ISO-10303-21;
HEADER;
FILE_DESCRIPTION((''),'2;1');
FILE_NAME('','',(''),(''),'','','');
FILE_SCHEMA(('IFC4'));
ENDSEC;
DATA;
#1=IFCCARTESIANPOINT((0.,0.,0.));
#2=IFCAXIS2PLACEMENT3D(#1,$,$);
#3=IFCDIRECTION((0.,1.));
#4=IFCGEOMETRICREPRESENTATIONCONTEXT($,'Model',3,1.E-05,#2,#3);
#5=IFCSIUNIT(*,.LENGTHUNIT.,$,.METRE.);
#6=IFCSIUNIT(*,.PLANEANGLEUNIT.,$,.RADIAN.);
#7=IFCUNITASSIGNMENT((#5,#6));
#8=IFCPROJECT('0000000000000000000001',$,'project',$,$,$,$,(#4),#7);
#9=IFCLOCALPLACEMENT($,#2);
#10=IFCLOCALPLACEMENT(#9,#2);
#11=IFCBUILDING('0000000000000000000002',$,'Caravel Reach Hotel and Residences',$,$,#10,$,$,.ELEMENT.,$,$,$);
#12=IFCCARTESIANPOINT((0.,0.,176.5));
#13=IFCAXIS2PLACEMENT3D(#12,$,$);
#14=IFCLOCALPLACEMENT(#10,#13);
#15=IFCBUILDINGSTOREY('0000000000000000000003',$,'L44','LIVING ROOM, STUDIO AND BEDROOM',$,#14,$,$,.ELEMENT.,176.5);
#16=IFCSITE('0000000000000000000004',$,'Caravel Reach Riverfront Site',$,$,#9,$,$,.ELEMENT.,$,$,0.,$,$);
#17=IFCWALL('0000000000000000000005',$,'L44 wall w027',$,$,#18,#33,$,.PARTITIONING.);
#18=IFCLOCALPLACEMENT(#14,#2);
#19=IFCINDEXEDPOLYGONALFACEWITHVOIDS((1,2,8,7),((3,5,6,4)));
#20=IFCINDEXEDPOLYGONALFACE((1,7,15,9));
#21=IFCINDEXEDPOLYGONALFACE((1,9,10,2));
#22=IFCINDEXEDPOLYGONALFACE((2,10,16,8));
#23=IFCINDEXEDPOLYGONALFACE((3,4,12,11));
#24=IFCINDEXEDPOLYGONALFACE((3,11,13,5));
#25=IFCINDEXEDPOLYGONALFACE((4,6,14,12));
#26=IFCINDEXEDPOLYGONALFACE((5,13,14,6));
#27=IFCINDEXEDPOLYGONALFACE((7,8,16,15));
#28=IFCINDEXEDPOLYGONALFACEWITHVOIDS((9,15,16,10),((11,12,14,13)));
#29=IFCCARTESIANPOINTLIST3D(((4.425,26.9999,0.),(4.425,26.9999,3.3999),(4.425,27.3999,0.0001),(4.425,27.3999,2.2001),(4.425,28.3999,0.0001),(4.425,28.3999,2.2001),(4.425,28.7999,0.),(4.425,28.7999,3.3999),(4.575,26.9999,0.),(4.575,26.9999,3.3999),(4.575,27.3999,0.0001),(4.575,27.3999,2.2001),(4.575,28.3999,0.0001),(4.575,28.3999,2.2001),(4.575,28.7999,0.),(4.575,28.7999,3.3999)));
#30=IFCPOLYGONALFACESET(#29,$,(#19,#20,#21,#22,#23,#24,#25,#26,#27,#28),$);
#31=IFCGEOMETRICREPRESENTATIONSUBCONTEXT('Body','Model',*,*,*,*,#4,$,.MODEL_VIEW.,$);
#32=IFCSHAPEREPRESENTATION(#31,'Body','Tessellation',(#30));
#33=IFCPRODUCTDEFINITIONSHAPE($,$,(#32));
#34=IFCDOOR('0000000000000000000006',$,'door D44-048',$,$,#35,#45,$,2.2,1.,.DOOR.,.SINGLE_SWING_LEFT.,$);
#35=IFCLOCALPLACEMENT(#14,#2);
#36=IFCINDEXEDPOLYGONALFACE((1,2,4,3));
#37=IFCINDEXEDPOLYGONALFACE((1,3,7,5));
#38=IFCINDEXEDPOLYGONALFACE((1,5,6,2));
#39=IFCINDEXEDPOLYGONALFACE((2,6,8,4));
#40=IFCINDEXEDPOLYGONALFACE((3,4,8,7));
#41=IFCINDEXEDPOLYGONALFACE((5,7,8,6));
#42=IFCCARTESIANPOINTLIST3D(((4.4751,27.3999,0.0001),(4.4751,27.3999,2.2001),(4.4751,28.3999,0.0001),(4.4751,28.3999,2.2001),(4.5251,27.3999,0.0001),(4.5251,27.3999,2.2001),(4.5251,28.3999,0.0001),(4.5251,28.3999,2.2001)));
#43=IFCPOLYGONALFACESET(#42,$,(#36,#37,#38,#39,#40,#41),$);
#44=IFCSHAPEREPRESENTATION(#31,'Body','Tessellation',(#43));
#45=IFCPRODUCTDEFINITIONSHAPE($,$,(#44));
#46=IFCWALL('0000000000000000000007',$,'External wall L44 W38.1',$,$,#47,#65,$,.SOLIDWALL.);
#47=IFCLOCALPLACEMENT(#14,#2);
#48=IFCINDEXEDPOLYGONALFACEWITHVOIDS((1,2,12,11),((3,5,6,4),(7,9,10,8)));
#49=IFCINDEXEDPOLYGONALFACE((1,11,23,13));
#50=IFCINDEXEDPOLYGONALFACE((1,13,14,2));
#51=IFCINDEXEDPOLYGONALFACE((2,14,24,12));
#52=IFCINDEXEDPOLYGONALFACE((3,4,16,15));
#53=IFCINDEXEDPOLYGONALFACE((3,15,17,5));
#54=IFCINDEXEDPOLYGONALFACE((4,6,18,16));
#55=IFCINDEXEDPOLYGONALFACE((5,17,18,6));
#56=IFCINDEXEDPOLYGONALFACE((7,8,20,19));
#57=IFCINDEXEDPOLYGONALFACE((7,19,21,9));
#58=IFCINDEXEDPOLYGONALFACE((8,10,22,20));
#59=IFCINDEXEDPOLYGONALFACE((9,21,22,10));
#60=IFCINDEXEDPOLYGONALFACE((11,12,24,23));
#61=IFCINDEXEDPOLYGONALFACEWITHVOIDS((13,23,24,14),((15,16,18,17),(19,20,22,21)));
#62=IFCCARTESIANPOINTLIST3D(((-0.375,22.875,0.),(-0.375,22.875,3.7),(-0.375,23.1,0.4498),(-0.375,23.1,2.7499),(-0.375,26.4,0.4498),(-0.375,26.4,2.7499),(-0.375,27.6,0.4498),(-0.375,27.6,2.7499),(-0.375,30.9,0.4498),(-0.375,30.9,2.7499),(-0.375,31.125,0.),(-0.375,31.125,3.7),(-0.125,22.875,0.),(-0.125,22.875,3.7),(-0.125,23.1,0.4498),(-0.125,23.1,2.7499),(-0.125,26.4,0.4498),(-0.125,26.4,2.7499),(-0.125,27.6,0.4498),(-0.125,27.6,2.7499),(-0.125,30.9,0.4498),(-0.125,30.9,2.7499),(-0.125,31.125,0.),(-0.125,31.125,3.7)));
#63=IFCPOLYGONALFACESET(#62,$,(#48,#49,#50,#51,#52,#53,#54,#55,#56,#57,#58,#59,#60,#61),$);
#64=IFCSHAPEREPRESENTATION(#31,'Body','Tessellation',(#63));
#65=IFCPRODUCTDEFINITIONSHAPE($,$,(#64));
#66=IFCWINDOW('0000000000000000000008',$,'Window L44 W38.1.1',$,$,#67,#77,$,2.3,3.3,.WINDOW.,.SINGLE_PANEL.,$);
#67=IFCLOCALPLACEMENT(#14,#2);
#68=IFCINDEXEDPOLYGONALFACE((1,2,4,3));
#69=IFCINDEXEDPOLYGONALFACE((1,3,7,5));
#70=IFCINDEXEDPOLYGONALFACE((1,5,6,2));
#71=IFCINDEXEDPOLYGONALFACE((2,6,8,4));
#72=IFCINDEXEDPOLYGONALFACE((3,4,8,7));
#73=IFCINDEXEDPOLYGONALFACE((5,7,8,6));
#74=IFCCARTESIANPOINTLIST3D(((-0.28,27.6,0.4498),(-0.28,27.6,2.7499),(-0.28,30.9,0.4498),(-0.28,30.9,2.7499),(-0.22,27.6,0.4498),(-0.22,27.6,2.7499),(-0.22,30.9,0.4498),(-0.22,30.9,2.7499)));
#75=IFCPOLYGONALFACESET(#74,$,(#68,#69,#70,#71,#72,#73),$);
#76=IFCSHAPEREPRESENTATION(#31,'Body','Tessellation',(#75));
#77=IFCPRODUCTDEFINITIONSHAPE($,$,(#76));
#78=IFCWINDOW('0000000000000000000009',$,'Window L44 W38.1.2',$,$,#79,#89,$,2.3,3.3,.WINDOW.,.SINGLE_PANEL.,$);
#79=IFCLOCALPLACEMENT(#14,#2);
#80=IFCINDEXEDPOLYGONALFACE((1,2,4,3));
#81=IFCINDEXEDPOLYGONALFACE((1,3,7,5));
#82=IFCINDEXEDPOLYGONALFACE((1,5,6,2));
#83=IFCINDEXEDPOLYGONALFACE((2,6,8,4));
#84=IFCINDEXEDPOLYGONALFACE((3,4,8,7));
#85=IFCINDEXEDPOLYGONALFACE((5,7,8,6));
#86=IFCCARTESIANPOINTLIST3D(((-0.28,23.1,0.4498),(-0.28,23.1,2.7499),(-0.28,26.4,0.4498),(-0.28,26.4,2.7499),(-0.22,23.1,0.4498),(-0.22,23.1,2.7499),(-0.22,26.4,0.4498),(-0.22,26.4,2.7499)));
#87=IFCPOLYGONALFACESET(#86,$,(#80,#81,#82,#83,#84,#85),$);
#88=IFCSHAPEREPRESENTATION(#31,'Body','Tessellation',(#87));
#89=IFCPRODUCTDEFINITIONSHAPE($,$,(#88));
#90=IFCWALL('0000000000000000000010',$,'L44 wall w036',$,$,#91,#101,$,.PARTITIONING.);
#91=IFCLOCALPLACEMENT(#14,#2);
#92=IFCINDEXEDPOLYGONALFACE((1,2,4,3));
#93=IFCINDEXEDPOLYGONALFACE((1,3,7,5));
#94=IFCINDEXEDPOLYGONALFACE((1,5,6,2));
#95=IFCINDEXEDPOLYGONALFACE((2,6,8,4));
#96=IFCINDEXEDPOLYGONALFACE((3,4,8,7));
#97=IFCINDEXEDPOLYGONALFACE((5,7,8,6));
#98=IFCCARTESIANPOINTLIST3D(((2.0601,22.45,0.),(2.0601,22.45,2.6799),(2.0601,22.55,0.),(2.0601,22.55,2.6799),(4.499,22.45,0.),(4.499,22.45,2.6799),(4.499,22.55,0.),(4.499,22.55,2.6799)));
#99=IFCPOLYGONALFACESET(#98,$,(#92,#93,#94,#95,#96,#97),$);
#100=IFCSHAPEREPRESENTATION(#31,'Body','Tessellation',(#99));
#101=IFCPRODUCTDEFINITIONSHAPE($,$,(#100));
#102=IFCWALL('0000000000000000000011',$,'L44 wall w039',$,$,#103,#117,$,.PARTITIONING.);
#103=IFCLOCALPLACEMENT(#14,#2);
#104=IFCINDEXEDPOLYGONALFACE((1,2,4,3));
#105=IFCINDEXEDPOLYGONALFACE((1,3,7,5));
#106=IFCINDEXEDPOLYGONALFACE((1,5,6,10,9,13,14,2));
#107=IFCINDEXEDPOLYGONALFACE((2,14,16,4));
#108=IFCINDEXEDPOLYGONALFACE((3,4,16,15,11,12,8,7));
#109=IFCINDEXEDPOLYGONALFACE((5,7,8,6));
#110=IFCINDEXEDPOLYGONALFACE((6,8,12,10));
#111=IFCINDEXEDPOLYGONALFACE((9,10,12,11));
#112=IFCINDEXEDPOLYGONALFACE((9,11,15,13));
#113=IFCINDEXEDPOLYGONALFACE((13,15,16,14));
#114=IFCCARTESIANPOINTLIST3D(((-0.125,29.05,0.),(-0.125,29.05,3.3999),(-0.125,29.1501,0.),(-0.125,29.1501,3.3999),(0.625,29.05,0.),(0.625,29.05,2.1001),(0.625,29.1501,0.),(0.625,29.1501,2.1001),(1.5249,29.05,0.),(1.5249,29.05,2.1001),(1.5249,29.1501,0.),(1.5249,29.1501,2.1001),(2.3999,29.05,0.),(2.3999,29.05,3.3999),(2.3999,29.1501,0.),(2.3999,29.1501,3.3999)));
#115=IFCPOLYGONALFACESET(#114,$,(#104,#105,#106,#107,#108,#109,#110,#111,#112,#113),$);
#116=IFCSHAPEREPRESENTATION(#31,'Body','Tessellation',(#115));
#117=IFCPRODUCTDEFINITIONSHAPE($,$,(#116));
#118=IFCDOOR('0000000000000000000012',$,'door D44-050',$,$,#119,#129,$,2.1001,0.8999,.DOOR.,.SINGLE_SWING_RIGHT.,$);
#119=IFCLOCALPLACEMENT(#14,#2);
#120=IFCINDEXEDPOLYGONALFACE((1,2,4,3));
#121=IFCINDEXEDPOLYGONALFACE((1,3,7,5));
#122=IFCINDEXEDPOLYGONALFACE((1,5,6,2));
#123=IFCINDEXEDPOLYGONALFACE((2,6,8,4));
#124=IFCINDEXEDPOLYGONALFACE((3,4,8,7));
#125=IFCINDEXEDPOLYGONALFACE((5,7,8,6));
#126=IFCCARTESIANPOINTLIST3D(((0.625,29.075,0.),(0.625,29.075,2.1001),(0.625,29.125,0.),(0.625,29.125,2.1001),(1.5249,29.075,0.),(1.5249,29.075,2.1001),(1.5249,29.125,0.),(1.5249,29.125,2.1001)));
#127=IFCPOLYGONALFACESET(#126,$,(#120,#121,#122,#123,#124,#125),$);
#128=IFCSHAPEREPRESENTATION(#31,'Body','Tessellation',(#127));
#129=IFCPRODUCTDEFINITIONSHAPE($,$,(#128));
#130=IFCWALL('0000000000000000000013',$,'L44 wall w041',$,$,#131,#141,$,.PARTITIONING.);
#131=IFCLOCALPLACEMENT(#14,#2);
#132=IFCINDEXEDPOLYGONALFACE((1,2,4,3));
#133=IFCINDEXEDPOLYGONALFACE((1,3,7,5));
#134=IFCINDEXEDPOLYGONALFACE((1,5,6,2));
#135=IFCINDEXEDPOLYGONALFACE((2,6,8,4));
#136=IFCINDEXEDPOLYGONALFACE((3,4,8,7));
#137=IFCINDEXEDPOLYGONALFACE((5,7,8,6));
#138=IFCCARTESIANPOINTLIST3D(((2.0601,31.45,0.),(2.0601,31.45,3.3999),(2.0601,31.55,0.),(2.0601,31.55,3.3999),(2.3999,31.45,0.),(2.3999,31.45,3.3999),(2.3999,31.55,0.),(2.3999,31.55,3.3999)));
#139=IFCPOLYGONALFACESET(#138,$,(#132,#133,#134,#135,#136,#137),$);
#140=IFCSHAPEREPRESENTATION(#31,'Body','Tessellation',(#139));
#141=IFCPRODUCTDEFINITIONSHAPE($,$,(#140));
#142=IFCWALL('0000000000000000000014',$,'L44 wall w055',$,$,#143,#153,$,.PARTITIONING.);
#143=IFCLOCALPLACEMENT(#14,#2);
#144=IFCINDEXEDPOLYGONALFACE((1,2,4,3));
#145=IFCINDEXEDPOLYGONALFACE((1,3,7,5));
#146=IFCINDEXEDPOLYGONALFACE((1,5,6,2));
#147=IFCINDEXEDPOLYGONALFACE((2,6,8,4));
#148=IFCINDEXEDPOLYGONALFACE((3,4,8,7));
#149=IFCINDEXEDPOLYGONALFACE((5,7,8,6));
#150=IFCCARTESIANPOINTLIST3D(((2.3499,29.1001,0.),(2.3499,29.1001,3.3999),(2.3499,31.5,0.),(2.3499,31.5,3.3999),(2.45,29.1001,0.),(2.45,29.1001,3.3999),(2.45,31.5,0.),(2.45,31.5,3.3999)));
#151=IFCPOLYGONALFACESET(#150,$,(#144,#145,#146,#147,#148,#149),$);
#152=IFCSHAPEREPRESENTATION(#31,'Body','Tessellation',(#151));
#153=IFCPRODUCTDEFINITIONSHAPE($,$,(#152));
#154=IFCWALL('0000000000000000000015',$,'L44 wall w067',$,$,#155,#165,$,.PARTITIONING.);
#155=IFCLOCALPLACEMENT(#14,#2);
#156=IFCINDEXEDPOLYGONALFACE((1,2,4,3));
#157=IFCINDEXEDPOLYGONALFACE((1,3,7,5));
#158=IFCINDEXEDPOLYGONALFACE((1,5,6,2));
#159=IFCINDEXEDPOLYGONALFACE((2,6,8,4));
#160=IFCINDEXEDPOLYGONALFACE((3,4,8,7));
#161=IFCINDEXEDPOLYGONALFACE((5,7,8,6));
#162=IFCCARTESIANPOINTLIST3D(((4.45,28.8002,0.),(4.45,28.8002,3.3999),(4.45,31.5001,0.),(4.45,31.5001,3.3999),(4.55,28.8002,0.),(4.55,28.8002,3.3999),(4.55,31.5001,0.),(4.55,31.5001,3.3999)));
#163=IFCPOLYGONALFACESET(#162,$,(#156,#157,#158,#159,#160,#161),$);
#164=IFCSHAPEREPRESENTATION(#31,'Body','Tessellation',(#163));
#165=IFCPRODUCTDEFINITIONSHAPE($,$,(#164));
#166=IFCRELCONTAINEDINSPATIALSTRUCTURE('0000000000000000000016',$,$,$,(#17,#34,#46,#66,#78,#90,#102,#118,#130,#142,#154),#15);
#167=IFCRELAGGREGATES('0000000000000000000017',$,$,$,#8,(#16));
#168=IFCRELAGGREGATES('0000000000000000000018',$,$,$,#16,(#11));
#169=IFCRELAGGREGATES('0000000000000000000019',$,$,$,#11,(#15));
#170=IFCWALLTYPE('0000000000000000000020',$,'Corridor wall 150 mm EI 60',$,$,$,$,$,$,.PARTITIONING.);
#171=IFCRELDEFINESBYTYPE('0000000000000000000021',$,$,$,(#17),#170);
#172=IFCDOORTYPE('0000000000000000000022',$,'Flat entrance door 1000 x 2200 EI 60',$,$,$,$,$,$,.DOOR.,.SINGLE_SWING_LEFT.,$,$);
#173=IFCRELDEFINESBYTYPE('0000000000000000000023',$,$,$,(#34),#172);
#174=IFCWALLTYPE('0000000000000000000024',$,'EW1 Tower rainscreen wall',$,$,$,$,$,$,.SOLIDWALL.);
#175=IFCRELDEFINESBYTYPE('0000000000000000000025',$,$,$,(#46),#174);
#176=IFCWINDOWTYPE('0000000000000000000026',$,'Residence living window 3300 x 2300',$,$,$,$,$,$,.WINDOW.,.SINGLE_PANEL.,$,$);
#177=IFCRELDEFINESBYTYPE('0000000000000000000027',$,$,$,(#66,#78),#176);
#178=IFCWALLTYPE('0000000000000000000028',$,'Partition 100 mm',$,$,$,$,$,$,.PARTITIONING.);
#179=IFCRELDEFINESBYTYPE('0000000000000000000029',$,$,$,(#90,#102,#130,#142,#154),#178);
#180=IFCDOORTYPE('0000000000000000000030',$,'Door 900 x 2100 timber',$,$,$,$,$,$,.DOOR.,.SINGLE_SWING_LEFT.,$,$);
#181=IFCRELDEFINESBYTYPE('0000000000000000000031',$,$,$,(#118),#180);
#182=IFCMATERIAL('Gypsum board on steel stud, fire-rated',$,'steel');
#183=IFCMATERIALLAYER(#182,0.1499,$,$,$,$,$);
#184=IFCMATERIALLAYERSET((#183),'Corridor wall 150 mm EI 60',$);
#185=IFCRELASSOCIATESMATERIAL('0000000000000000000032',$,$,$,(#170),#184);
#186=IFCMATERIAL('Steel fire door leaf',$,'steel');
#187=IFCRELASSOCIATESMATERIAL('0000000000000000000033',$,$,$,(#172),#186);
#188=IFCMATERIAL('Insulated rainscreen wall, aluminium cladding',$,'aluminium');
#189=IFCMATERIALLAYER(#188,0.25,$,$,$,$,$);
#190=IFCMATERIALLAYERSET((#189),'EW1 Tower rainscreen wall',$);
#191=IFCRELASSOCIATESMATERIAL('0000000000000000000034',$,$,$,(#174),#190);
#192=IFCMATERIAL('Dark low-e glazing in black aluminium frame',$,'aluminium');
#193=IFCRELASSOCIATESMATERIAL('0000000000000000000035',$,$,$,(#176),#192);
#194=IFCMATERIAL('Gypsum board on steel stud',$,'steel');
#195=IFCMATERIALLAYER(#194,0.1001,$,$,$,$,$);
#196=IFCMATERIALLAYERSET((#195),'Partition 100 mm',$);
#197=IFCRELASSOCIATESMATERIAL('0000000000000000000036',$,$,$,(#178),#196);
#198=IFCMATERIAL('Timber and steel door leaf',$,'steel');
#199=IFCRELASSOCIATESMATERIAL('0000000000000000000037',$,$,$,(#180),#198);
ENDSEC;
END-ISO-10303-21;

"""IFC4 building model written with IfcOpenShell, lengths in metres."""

from ifc_helpers import new_model, si_unit, direction, frame, frame_2d, origin, place, context, subcontext, project, spatial, rectangle, extrude, material, layer, layer_set, type_object, element, fill, save


model = new_model("IFC4")

# Units and contexts
model_context = context("Model", 3, precision=1e-05, world=origin(), true_north=direction((0.0, 1.0)))
body_context = subcontext(model_context, "Body", "Model", "MODEL_VIEW")
ifc_project = project(units=[si_unit("LENGTHUNIT", "METRE"), si_unit("PLANEANGLEUNIT", "RADIAN")], contexts=[model_context])

# Site, building, storey
site_placement = place(None, origin())
site = spatial("IfcSite", under=ifc_project, at=site_placement, Name="Caravel Reach Riverfront Site", CompositionType="ELEMENT", RefElevation=0.0)
building_placement = place(site_placement, origin())
building = spatial("IfcBuilding", under=site, at=building_placement, Name="Caravel Reach Hotel and Residences", CompositionType="ELEMENT")
storey_placement = place(building_placement, frame((0.0, 0.0, 176.5)))
storey = spatial("IfcBuildingStorey", under=building, at=storey_placement, Name="L44", Description="LIVING ROOM, STUDIO AND BEDROOM", CompositionType="ELEMENT", Elevation=176.5)

# Wall, opening, door
ifc_material_1 = material(Name="Gypsum board on steel stud, fire-rated", Category="steel")
ifc_layer_1 = layer(ifc_material_1, 0.1499)
ifc_layer_set_1 = layer_set([ifc_layer_1], Name="Corridor wall 150 mm EI 60")
wall_type_1 = type_object("IfcWallType", Name="Corridor wall 150 mm EI 60", PredefinedType="PARTITIONING", material=ifc_layer_set_1)
wall_1_placement = place(storey_placement, frame((4.5, 27.0, 0.0), z_axis=(0.0, 0.0, 1.0), x_axis=(0.0, 1.0, 0.0)))
wall_1 = element("IfcWall", 1, at=wall_1_placement, inside=storey, type_object=wall_type_1, Name="L44 wall w027", PredefinedType="PARTITIONING", context=body_context, shape_type="SweptSolid", body=[
    extrude(rectangle(XDim=1.8, YDim=0.1499, at=frame_2d((0.8999, 0.0))), origin(), (0.0, 0.0, 1.0), 3.3999),
])
opening_1_placement = place(wall_1_placement, frame((0.3999, 0.0, 0.0)))
opening_1 = element("IfcOpeningElement", 2, at=opening_1_placement, cuts=wall_1, PredefinedType="OPENING", context=body_context, shape_type="SweptSolid", body=[
    extrude(rectangle(XDim=1.0, YDim=2.2, at=frame_2d((0.5, 1.1001))), frame((0.0, 0.085, 0.0), z_axis=(0.0, -1.0, 0.0), x_axis=(1.0, 0.0, 0.0)), (0.0, 0.0, 1.0), 0.1699),
])
ifc_material_2 = material(Name="Steel fire door leaf", Category="steel")
door_type_1 = type_object("IfcDoorType", Name="Flat entrance door 1000 x 2200 EI 60", OperationType="SINGLE_SWING_LEFT", PredefinedType="DOOR", material=ifc_material_2)
door_1_placement = place(opening_1_placement, origin())
door_1 = element("IfcDoor", 3, at=door_1_placement, inside=storey, type_object=door_type_1, Name="door D44-048", OperationType="SINGLE_SWING_LEFT", OverallHeight=2.2, OverallWidth=1.0, PredefinedType="DOOR", context=body_context, shape_type="SweptSolid", body=[
    extrude(rectangle(XDim=1.0, YDim=2.2, at=frame_2d((0.5, 1.1001))), frame((0.0, 0.0249, 0.0), z_axis=(0.0, -1.0, 0.0), x_axis=(1.0, 0.0, 0.0)), (0.0, 0.0, 1.0), 0.05),
])
fill(opening_1, door_1)

# Wall, openings, windows
ifc_material_3 = material(Name="Insulated rainscreen wall, aluminium cladding", Category="aluminium")
ifc_layer_2 = layer(ifc_material_3, 0.25)
ifc_layer_set_2 = layer_set([ifc_layer_2], Name="EW1 Tower rainscreen wall")
wall_type_2 = type_object("IfcWallType", Name="EW1 Tower rainscreen wall", PredefinedType="SOLIDWALL", material=ifc_layer_set_2)
wall_2_placement = place(storey_placement, frame((-0.25, 31.125, 0.0), z_axis=(0.0, 0.0, 1.0), x_axis=(0.0, -1.0, 0.0)))
wall_2 = element("IfcWall", 4, at=wall_2_placement, inside=storey, type_object=wall_type_2, Name="External wall L44 W38.1", PredefinedType="SOLIDWALL", context=body_context, shape_type="SweptSolid", body=[
    extrude(rectangle(XDim=8.25, YDim=0.25, at=frame_2d((4.125, 0.0))), origin(), (0.0, 0.0, 1.0), 3.7),
])
opening_2_placement = place(wall_2_placement, frame((0.2251, 0.0, 0.45)))
opening_2 = element("IfcOpeningElement", 5, at=opening_2_placement, cuts=wall_2, PredefinedType="OPENING", context=body_context, shape_type="SweptSolid", body=[
    extrude(rectangle(XDim=3.3, YDim=2.3, at=frame_2d((1.6499, 1.1499))), frame((0.0, 0.135, 0.0), z_axis=(0.0, -1.0, 0.0), x_axis=(1.0, 0.0, 0.0)), (0.0, 0.0, 1.0), 0.27),
])
opening_3_placement = place(wall_2_placement, frame((4.7251, 0.0, 0.45)))
opening_3 = element("IfcOpeningElement", 6, at=opening_3_placement, cuts=wall_2, PredefinedType="OPENING", context=body_context, shape_type="SweptSolid", body=[
    extrude(rectangle(XDim=3.3, YDim=2.3, at=frame_2d((1.6499, 1.1499))), frame((0.0, 0.135, 0.0), z_axis=(0.0, -1.0, 0.0), x_axis=(1.0, 0.0, 0.0)), (0.0, 0.0, 1.0), 0.27),
])
ifc_material_4 = material(Name="Dark low-e glazing in black aluminium frame", Category="aluminium")
window_type = type_object("IfcWindowType", Name="Residence living window 3300 x 2300", PartitioningType="SINGLE_PANEL", PredefinedType="WINDOW", material=ifc_material_4)
window_1_placement = place(opening_2_placement, origin())
window_1 = element("IfcWindow", 7, at=window_1_placement, inside=storey, type_object=window_type, Name="Window L44 W38.1.1", OverallHeight=2.3, OverallWidth=3.3, PartitioningType="SINGLE_PANEL", PredefinedType="WINDOW", context=body_context, shape_type="SweptSolid", body=[
    extrude(rectangle(XDim=3.3, YDim=2.3, at=frame_2d((1.6499, 1.1499))), frame((0.0, 0.03, 0.0), z_axis=(0.0, -1.0, 0.0), x_axis=(1.0, 0.0, 0.0)), (0.0, 0.0, 1.0), 0.0601),
])
fill(opening_2, window_1)
window_2_placement = place(opening_3_placement, origin())
window_2 = element("IfcWindow", 8, at=window_2_placement, inside=storey, type_object=window_type, Name="Window L44 W38.1.2", OverallHeight=2.3, OverallWidth=3.3, PartitioningType="SINGLE_PANEL", PredefinedType="WINDOW", context=body_context, shape_type="SweptSolid", body=[
    extrude(rectangle(XDim=3.3, YDim=2.3, at=frame_2d((1.6499, 1.1499))), frame((0.0, 0.03, 0.0), z_axis=(0.0, -1.0, 0.0), x_axis=(1.0, 0.0, 0.0)), (0.0, 0.0, 1.0), 0.0601),
])
fill(opening_3, window_2)

# Wall
ifc_material_5 = material(Name="Gypsum board on steel stud", Category="steel")
ifc_layer_3 = layer(ifc_material_5, 0.1001)
ifc_layer_set_3 = layer_set([ifc_layer_3], Name="Partition 100 mm")
wall_type_3 = type_object("IfcWallType", Name="Partition 100 mm", PredefinedType="PARTITIONING", material=ifc_layer_set_3)
wall_3_placement = place(storey_placement, frame((2.0601, 22.5, 0.0), z_axis=(0.0, 0.0, 1.0), x_axis=(1.0, 0.0, 0.0)))
element("IfcWall", 9, at=wall_3_placement, inside=storey, type_object=wall_type_3, Name="L44 wall w036", PredefinedType="PARTITIONING", context=body_context, shape_type="SweptSolid", body=[
    extrude(rectangle(XDim=2.439, YDim=0.1001, at=frame_2d((1.2195, 0.0))), origin(), (0.0, 0.0, 1.0), 2.6799),
])

# Wall, opening, door
wall_4_placement = place(storey_placement, frame((-0.125, 29.1001, 0.0), z_axis=(0.0, 0.0, 1.0), x_axis=(1.0, 0.0, 0.0)))
wall_4 = element("IfcWall", 10, at=wall_4_placement, inside=storey, type_object=wall_type_3, Name="L44 wall w039", PredefinedType="PARTITIONING", context=body_context, shape_type="SweptSolid", body=[
    extrude(rectangle(XDim=2.5249, YDim=0.1001, at=frame_2d((1.2625, 0.0))), origin(), (0.0, 0.0, 1.0), 3.3999),
])
opening_4_placement = place(wall_4_placement, frame((0.75, 0.0, 0.0)))
opening_4 = element("IfcOpeningElement", 11, at=opening_4_placement, cuts=wall_4, PredefinedType="OPENING", context=body_context, shape_type="SweptSolid", body=[
    extrude(rectangle(XDim=0.8999, YDim=2.1001, at=frame_2d((0.45, 1.05))), frame((0.0, 0.0601, 0.0), z_axis=(0.0, -1.0, 0.0), x_axis=(1.0, 0.0, 0.0)), (0.0, 0.0, 1.0), 0.1201),
])
ifc_material_6 = material(Name="Timber and steel door leaf", Category="steel")
door_type_2 = type_object("IfcDoorType", Name="Door 900 x 2100 timber", OperationType="SINGLE_SWING_LEFT", PredefinedType="DOOR", material=ifc_material_6)
door_2_placement = place(opening_4_placement, origin())
door_2 = element("IfcDoor", 12, at=door_2_placement, inside=storey, type_object=door_type_2, Name="door D44-050", OperationType="SINGLE_SWING_RIGHT", OverallHeight=2.1001, OverallWidth=0.8999, PredefinedType="DOOR", context=body_context, shape_type="SweptSolid", body=[
    extrude(rectangle(XDim=0.8999, YDim=2.1001, at=frame_2d((0.45, 1.05))), frame((0.0, 0.0249, 0.0), z_axis=(0.0, -1.0, 0.0), x_axis=(1.0, 0.0, 0.0)), (0.0, 0.0, 1.0), 0.05),
])
fill(opening_4, door_2)

# Walls
wall_5_placement = place(storey_placement, frame((2.0601, 31.5, 0.0), z_axis=(0.0, 0.0, 1.0), x_axis=(1.0, 0.0, 0.0)))
element("IfcWall", 13, at=wall_5_placement, inside=storey, type_object=wall_type_3, Name="L44 wall w041", PredefinedType="PARTITIONING", context=body_context, shape_type="SweptSolid", body=[
    extrude(rectangle(XDim=0.3398, YDim=0.1001, at=frame_2d((0.1699, 0.0))), origin(), (0.0, 0.0, 1.0), 3.3999),
])
wall_6_placement = place(storey_placement, frame((2.3999, 29.1001, 0.0), z_axis=(0.0, 0.0, 1.0), x_axis=(0.0, 1.0, 0.0)))
element("IfcWall", 14, at=wall_6_placement, inside=storey, type_object=wall_type_3, Name="L44 wall w055", PredefinedType="PARTITIONING", context=body_context, shape_type="SweptSolid", body=[
    extrude(rectangle(XDim=2.3999, YDim=0.1001, at=frame_2d((1.2, 0.0))), origin(), (0.0, 0.0, 1.0), 3.3999),
])
wall_7_placement = place(storey_placement, frame((4.5, 28.8, 0.0), z_axis=(0.0, 0.0, 1.0), x_axis=(0.0, 1.0, 0.0)))
element("IfcWall", 15, at=wall_7_placement, inside=storey, type_object=wall_type_3, Name="L44 wall w067", PredefinedType="PARTITIONING", context=body_context, shape_type="SweptSolid", body=[
    extrude(rectangle(XDim=2.7, YDim=0.1001, at=frame_2d((1.3501, 0.0))), origin(), (0.0, 0.0, 1.0), 3.3999),
])

save(model, "model.ifc")
